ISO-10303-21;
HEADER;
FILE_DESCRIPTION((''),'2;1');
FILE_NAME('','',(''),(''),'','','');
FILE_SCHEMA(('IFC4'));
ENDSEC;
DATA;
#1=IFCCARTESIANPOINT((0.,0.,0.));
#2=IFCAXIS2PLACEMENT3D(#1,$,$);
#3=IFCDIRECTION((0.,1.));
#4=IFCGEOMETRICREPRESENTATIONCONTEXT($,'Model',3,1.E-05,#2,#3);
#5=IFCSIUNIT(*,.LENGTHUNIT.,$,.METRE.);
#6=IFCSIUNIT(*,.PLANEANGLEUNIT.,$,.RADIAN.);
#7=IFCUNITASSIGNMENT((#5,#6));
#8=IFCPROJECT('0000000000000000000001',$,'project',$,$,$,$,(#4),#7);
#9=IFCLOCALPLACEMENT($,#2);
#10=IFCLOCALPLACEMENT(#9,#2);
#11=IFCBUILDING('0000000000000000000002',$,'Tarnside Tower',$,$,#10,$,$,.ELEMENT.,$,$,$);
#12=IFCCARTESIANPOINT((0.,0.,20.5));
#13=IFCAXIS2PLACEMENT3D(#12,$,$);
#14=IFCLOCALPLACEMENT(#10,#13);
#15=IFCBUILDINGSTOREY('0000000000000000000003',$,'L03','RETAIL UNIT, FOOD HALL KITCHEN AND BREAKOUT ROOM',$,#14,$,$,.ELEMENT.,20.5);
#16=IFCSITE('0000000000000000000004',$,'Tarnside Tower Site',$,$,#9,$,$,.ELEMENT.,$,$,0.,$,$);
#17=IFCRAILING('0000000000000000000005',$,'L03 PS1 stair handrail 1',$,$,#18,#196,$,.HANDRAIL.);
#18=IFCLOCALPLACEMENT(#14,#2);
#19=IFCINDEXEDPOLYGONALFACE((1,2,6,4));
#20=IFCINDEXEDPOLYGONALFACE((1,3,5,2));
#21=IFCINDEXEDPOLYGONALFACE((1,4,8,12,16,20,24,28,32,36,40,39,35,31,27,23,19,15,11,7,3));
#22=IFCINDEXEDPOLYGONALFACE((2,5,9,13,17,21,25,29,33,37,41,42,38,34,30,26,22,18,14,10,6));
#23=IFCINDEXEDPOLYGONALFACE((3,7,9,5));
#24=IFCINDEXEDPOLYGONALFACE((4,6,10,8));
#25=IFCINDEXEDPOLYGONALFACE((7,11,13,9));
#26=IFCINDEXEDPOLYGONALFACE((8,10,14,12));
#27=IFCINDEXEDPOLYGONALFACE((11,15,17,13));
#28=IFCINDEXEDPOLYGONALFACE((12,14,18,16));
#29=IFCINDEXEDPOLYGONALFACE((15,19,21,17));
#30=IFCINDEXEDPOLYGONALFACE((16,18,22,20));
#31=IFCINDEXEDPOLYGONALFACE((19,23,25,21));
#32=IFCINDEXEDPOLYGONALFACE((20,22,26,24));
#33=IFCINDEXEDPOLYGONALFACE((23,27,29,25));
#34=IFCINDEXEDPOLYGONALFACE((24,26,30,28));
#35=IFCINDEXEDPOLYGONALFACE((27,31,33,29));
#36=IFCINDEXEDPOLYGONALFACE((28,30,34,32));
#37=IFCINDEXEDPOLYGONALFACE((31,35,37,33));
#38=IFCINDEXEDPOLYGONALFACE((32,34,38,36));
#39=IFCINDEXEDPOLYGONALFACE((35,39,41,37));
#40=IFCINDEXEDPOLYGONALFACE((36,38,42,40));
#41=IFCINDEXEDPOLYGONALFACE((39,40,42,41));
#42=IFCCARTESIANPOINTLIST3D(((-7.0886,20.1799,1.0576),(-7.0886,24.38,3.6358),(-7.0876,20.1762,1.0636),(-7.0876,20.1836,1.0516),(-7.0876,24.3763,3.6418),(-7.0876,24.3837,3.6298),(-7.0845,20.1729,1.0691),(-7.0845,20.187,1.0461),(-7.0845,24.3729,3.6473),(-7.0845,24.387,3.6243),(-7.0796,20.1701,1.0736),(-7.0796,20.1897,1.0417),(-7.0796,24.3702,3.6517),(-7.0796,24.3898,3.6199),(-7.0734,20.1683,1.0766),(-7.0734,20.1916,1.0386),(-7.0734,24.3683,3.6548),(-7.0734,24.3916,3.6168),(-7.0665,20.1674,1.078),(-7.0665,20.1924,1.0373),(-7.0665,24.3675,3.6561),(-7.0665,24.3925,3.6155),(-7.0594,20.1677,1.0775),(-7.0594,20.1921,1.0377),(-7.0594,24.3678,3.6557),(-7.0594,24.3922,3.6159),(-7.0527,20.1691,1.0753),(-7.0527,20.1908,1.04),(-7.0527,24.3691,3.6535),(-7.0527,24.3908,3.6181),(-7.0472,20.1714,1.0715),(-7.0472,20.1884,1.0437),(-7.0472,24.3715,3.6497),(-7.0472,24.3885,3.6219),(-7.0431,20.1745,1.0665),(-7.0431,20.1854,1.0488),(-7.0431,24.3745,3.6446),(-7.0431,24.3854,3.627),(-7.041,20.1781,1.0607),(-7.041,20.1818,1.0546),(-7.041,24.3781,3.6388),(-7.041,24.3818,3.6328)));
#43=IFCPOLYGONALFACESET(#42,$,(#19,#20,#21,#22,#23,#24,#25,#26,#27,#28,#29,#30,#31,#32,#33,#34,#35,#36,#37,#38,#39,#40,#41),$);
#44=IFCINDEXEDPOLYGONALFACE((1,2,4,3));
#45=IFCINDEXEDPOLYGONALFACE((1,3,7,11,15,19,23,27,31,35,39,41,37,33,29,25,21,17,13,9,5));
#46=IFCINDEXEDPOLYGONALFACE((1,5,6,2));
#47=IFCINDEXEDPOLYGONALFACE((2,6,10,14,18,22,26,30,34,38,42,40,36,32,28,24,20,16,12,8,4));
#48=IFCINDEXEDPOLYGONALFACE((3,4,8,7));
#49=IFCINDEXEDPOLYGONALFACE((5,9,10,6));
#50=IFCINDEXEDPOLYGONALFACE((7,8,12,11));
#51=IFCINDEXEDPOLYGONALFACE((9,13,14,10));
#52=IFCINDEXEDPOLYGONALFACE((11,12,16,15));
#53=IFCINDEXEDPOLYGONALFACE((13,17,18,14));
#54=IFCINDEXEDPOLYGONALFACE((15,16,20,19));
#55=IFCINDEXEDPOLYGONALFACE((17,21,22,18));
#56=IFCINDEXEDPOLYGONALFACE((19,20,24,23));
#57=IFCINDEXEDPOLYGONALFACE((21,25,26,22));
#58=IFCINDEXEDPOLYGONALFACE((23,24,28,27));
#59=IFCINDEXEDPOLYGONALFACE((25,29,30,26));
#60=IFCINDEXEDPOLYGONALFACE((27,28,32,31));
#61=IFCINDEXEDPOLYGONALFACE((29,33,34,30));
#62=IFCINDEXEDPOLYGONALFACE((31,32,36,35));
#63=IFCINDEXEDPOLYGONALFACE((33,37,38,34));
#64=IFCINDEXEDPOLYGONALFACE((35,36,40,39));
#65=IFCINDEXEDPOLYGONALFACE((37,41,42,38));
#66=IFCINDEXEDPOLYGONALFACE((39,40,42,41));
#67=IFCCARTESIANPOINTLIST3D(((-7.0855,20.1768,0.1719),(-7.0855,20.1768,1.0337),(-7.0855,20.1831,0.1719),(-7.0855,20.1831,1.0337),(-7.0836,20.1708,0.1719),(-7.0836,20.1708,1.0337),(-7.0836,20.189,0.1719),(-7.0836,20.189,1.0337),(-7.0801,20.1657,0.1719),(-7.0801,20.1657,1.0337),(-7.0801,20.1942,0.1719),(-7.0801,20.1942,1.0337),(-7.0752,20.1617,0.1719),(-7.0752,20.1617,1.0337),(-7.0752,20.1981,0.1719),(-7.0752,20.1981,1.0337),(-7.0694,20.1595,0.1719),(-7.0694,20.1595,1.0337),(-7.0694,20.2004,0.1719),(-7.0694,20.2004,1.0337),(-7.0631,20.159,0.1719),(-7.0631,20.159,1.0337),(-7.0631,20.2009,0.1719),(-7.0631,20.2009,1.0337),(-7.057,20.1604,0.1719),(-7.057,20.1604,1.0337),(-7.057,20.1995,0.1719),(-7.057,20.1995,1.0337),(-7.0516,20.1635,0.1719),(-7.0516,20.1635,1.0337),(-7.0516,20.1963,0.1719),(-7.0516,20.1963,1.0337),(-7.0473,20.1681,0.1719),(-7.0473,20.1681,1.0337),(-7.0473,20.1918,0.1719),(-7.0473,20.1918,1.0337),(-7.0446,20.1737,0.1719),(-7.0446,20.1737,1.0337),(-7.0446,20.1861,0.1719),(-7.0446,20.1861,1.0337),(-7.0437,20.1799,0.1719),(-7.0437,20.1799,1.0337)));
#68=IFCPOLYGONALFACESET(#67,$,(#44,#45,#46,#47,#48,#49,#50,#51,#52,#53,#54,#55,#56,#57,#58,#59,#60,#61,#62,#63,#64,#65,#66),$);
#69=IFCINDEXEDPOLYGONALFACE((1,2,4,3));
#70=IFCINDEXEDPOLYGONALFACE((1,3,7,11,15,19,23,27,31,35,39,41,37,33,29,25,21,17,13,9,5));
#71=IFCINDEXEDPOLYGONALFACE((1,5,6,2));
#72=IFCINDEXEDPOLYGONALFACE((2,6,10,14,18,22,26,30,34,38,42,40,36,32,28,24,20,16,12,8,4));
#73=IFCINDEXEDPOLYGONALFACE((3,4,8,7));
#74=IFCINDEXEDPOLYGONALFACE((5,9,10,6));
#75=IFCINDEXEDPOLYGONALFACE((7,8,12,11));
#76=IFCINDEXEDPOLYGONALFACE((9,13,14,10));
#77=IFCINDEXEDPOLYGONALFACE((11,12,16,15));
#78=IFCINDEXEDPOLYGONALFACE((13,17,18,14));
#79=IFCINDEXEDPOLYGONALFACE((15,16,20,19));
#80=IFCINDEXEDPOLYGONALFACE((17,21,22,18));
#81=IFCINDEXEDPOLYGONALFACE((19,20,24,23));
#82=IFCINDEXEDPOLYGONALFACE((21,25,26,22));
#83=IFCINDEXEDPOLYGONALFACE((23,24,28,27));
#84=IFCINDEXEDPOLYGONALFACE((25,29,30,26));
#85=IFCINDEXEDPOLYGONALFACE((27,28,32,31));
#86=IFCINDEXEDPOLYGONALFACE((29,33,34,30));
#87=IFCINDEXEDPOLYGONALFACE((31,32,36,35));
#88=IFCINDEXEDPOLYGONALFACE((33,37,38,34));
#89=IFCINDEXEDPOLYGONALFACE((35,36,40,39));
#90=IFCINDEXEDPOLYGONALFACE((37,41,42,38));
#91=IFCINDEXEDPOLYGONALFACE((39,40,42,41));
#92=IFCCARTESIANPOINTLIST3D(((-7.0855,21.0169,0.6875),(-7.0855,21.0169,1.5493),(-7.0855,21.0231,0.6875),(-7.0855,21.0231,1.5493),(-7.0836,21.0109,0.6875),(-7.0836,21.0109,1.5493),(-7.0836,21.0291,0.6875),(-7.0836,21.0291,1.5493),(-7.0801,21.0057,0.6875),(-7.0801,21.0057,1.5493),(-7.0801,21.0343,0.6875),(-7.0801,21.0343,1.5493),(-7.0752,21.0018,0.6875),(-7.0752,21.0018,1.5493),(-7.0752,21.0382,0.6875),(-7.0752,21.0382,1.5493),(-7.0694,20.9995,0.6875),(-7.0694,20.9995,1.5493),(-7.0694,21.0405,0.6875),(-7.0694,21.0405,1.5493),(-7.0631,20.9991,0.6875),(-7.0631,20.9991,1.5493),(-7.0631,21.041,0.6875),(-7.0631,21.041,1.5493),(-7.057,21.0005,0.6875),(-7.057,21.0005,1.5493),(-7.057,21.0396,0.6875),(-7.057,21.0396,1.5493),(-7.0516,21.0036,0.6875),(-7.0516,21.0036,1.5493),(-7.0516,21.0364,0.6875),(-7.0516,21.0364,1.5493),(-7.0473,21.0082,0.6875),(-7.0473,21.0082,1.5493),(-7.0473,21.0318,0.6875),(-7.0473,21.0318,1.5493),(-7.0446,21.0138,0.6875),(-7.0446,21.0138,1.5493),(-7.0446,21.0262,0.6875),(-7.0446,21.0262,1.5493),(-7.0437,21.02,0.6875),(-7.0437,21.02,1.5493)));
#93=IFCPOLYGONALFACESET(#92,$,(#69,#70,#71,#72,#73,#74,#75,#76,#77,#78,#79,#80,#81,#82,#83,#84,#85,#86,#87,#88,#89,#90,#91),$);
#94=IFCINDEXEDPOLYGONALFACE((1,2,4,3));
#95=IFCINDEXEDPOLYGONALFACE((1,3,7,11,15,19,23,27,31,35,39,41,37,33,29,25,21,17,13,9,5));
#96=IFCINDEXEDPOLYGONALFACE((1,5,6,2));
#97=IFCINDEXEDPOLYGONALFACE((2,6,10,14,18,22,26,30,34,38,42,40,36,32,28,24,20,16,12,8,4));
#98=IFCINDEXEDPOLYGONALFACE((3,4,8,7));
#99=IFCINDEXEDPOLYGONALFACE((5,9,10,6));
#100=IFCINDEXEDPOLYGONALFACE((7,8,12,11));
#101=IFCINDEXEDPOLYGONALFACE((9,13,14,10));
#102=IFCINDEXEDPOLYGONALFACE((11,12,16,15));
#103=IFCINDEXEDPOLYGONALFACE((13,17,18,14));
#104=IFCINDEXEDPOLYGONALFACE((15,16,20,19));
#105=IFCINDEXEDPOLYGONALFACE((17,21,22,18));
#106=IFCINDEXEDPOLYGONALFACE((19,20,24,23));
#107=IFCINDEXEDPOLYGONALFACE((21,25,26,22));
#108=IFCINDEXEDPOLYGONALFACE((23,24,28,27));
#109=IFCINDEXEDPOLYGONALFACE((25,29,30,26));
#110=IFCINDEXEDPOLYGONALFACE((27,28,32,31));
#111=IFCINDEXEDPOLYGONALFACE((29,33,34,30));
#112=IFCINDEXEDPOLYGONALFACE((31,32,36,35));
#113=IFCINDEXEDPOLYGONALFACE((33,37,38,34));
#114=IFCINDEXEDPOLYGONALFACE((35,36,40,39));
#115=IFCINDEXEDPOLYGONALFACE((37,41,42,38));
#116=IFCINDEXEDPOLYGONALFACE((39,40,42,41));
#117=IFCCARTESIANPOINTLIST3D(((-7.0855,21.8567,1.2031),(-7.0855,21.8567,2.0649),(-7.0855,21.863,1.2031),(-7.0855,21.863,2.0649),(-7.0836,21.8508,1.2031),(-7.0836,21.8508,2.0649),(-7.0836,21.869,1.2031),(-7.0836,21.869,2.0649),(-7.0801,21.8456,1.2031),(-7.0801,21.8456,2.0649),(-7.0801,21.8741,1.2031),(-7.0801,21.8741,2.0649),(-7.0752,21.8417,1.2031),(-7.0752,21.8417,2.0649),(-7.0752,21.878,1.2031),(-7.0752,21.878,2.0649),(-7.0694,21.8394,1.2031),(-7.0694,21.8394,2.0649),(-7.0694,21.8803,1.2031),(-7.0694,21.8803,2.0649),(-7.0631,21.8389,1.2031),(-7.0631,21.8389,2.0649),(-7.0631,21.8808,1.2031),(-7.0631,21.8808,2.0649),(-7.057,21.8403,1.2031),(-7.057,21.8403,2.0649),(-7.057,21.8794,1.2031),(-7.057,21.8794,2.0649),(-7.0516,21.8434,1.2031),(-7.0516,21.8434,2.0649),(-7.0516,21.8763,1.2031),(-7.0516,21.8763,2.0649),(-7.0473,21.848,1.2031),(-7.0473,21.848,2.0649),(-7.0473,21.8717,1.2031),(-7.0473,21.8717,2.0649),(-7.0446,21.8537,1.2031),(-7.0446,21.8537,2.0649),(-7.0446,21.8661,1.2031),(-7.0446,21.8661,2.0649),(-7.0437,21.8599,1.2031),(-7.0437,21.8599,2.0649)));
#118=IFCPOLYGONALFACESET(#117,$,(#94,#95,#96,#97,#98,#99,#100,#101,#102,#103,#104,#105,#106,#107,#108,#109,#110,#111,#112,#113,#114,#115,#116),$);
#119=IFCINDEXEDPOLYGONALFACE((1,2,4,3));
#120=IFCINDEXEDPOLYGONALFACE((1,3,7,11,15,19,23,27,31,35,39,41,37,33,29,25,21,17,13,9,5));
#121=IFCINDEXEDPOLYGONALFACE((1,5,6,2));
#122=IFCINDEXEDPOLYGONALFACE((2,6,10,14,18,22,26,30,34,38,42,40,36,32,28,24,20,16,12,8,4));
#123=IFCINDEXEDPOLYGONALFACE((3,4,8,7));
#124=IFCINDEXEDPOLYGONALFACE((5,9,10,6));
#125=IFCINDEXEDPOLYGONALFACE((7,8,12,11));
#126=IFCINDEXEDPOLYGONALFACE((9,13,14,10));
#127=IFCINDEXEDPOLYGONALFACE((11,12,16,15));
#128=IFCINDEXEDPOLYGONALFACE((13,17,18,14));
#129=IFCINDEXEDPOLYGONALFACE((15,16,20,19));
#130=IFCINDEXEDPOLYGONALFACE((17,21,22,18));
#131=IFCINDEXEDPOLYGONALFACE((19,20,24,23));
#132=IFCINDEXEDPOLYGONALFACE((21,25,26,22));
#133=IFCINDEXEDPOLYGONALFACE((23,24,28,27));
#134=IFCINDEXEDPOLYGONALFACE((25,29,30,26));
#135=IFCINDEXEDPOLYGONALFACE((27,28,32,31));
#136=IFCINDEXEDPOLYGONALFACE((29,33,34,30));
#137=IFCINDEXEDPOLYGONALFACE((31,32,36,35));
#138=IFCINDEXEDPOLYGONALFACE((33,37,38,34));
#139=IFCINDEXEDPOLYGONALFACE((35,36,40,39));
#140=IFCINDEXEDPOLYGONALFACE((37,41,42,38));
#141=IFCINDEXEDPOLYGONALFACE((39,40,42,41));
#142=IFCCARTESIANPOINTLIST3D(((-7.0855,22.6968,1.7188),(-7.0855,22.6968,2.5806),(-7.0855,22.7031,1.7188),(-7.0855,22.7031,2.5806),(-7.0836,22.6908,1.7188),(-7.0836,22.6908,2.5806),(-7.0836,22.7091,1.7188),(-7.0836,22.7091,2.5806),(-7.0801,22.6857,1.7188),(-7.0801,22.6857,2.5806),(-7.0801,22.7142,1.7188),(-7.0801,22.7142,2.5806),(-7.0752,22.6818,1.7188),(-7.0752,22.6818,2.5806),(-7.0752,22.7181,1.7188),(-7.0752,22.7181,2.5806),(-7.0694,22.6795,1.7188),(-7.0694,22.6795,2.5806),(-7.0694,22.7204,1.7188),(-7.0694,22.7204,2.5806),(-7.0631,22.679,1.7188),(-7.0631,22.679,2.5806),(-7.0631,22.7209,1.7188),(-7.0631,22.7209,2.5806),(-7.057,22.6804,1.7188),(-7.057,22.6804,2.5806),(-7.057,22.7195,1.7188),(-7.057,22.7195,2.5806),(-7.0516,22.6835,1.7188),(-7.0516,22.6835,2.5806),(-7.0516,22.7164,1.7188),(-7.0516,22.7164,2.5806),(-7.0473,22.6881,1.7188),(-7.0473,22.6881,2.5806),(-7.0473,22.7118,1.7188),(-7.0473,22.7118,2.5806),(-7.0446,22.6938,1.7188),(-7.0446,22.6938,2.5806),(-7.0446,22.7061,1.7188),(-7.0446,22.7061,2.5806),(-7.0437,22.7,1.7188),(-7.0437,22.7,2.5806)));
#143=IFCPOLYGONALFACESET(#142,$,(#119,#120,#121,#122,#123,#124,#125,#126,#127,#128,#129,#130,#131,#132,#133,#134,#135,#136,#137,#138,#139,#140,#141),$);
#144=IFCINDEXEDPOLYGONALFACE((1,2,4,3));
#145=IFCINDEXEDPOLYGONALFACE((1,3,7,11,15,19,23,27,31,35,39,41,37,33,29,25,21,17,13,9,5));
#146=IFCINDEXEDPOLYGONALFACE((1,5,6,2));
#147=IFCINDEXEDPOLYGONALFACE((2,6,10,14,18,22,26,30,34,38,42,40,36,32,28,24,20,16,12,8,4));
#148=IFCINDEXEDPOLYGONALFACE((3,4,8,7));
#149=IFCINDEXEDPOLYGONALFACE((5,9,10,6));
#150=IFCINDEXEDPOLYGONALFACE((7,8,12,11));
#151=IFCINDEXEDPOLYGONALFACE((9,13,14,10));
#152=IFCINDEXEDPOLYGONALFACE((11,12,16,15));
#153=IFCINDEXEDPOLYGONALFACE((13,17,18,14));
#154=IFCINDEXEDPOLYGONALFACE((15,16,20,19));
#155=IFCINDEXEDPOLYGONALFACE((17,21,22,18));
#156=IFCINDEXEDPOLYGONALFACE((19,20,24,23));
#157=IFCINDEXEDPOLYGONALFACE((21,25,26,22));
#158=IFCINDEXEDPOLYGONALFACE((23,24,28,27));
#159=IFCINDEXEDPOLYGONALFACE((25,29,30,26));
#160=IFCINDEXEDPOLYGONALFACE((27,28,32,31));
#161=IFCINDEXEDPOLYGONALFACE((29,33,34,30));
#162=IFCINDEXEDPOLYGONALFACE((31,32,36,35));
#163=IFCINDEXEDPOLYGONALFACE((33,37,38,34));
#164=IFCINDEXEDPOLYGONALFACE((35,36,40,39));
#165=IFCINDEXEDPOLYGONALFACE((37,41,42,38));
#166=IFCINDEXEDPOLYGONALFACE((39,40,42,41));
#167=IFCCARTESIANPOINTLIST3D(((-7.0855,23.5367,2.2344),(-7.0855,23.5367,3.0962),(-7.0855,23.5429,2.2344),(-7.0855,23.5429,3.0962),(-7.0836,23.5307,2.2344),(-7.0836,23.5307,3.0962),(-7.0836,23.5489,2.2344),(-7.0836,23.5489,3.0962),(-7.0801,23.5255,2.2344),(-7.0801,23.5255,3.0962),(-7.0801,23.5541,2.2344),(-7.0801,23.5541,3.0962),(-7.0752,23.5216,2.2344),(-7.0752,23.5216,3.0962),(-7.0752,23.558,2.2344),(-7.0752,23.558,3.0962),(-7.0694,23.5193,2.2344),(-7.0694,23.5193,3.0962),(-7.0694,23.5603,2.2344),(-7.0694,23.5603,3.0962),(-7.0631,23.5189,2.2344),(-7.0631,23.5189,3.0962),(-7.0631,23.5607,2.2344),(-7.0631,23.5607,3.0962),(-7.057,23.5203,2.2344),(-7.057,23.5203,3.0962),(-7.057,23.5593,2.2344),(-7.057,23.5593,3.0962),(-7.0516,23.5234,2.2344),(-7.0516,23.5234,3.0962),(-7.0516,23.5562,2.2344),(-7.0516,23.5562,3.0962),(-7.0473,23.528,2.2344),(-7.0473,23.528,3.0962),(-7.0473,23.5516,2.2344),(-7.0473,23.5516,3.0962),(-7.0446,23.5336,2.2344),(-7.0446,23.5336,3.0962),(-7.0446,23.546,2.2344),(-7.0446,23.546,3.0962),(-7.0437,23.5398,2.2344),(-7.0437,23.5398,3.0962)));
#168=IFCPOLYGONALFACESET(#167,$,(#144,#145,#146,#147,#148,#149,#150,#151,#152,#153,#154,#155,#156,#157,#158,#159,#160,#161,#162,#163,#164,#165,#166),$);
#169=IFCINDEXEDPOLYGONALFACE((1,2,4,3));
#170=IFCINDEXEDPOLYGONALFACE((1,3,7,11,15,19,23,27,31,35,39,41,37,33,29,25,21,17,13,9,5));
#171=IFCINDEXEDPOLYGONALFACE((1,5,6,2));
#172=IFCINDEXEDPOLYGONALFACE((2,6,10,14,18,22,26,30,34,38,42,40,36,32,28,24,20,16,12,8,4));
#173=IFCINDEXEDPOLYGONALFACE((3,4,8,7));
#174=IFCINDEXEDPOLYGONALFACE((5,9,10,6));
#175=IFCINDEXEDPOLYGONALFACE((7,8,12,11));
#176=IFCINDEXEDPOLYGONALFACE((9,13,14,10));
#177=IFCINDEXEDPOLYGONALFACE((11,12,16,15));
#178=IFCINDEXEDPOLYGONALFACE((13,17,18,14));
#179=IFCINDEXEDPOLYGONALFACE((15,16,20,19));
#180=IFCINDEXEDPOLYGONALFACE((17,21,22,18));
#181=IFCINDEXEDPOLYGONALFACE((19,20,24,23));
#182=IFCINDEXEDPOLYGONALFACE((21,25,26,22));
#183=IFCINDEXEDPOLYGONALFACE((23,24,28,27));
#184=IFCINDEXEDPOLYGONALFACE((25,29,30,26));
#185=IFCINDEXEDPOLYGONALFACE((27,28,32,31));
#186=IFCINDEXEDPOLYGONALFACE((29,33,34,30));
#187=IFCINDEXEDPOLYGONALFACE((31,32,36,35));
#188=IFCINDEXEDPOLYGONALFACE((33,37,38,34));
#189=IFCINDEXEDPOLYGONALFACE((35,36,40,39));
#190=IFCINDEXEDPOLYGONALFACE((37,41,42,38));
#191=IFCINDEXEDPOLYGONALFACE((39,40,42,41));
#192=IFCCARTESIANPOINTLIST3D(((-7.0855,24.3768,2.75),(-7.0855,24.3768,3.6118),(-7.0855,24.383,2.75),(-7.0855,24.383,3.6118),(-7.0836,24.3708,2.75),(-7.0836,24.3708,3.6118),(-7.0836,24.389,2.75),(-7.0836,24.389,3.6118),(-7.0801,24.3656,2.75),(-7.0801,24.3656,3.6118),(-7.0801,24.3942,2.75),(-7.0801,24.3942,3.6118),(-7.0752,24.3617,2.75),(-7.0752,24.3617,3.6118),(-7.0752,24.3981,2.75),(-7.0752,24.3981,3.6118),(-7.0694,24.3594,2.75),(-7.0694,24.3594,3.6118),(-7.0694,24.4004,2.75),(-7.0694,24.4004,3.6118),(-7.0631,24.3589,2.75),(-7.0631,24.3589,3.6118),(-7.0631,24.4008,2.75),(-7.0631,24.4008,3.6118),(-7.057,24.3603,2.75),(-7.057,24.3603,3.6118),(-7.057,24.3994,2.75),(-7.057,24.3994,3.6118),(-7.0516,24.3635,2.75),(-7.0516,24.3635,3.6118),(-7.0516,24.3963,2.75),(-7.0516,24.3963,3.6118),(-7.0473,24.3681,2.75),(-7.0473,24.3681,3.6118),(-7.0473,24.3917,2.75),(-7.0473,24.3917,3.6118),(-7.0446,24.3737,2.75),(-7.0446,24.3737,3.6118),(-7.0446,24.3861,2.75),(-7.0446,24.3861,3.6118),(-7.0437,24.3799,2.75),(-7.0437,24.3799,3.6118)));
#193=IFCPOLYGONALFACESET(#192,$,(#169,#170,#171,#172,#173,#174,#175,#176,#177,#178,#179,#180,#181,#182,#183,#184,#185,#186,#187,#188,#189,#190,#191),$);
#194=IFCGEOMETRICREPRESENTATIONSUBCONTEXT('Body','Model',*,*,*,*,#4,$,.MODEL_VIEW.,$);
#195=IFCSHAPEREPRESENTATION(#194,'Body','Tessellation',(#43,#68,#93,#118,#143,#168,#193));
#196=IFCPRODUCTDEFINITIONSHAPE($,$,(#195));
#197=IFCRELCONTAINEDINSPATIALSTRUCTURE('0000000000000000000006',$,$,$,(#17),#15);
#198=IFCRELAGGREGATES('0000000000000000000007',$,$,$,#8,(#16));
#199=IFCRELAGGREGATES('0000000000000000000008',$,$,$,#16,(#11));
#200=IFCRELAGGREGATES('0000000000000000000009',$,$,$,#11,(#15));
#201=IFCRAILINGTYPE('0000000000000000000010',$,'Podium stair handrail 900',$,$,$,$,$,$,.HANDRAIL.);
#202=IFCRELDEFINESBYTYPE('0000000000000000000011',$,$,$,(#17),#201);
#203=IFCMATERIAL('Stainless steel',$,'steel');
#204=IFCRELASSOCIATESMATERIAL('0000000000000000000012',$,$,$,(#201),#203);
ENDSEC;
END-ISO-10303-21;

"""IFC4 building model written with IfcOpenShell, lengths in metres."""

from ifc_helpers import new_model, si_unit, direction, frame, origin, origin_2d, place, context, subcontext, project, spatial, circle, extrude, material, type_object, element, save


model = new_model("IFC4")

# Units and contexts
model_context = context("Model", 3, precision=1e-05, world=origin(), true_north=direction((0.0, 1.0)))
body_context = subcontext(model_context, "Body", "Model", "MODEL_VIEW")
ifc_project = project(units=[si_unit("LENGTHUNIT", "METRE"), si_unit("PLANEANGLEUNIT", "RADIAN")], contexts=[model_context])

# Site, building, storey
site_placement = place(None, origin())
site = spatial("IfcSite", under=ifc_project, at=site_placement, Name="Tarnside Tower Site", CompositionType="ELEMENT", RefElevation=0.0)
building_placement = place(site_placement, origin())
building = spatial("IfcBuilding", under=site, at=building_placement, Name="Tarnside Tower", CompositionType="ELEMENT")
storey_placement = place(building_placement, frame((0.0, 0.0, 20.5)))
storey = spatial("IfcBuildingStorey", under=building, at=storey_placement, Name="L03", Description="RETAIL UNIT, FOOD HALL KITCHEN AND BREAKOUT ROOM", CompositionType="ELEMENT", Elevation=20.5)

# Railing
ifc_material_1 = material(Name="Stainless steel", Category="steel")
railing_type_1 = type_object("IfcRailingType", Name="Podium stair handrail 900", PredefinedType="HANDRAIL", material=ifc_material_1)
railing_1_placement = place(storey_placement, frame((-7.0647, 20.1799, 0.1719)))
element("IfcRailing", 1, at=railing_1_placement, inside=storey, type_object=railing_type_1, Name="L03 PS1 stair handrail 1", PredefinedType="HANDRAIL", context=body_context, shape_type="SweptSolid", body=[
    extrude(circle(Radius=0.0239, at=origin_2d()), frame((0.0, 0.0, 0.8857), z_axis=(0.0, 0.852243, 0.523146), x_axis=(-1.0, 0.0, 0.0)), (0.0, 0.0, 1.0), 4.9282),
    extrude(circle(Radius=0.021, at=origin_2d()), origin(), (0.0, 0.0, 1.0), 0.8618),
    extrude(circle(Radius=0.021, at=origin_2d()), frame((0.0, 0.8401, 0.5156)), (0.0, 0.0, 1.0), 0.8618),
    extrude(circle(Radius=0.021, at=origin_2d()), frame((0.0, 1.6799, 1.0312)), (0.0, 0.0, 1.0), 0.8618),
    extrude(circle(Radius=0.021, at=origin_2d()), frame((0.0, 2.52, 1.5469)), (0.0, 0.0, 1.0), 0.8618),
    extrude(circle(Radius=0.021, at=origin_2d()), frame((0.0, 3.3599, 2.0625)), (0.0, 0.0, 1.0), 0.8618),
    extrude(circle(Radius=0.021, at=origin_2d()), frame((0.0, 4.2, 2.5781)), (0.0, 0.0, 1.0), 0.8618),
])

save(model, "model.ifc")
